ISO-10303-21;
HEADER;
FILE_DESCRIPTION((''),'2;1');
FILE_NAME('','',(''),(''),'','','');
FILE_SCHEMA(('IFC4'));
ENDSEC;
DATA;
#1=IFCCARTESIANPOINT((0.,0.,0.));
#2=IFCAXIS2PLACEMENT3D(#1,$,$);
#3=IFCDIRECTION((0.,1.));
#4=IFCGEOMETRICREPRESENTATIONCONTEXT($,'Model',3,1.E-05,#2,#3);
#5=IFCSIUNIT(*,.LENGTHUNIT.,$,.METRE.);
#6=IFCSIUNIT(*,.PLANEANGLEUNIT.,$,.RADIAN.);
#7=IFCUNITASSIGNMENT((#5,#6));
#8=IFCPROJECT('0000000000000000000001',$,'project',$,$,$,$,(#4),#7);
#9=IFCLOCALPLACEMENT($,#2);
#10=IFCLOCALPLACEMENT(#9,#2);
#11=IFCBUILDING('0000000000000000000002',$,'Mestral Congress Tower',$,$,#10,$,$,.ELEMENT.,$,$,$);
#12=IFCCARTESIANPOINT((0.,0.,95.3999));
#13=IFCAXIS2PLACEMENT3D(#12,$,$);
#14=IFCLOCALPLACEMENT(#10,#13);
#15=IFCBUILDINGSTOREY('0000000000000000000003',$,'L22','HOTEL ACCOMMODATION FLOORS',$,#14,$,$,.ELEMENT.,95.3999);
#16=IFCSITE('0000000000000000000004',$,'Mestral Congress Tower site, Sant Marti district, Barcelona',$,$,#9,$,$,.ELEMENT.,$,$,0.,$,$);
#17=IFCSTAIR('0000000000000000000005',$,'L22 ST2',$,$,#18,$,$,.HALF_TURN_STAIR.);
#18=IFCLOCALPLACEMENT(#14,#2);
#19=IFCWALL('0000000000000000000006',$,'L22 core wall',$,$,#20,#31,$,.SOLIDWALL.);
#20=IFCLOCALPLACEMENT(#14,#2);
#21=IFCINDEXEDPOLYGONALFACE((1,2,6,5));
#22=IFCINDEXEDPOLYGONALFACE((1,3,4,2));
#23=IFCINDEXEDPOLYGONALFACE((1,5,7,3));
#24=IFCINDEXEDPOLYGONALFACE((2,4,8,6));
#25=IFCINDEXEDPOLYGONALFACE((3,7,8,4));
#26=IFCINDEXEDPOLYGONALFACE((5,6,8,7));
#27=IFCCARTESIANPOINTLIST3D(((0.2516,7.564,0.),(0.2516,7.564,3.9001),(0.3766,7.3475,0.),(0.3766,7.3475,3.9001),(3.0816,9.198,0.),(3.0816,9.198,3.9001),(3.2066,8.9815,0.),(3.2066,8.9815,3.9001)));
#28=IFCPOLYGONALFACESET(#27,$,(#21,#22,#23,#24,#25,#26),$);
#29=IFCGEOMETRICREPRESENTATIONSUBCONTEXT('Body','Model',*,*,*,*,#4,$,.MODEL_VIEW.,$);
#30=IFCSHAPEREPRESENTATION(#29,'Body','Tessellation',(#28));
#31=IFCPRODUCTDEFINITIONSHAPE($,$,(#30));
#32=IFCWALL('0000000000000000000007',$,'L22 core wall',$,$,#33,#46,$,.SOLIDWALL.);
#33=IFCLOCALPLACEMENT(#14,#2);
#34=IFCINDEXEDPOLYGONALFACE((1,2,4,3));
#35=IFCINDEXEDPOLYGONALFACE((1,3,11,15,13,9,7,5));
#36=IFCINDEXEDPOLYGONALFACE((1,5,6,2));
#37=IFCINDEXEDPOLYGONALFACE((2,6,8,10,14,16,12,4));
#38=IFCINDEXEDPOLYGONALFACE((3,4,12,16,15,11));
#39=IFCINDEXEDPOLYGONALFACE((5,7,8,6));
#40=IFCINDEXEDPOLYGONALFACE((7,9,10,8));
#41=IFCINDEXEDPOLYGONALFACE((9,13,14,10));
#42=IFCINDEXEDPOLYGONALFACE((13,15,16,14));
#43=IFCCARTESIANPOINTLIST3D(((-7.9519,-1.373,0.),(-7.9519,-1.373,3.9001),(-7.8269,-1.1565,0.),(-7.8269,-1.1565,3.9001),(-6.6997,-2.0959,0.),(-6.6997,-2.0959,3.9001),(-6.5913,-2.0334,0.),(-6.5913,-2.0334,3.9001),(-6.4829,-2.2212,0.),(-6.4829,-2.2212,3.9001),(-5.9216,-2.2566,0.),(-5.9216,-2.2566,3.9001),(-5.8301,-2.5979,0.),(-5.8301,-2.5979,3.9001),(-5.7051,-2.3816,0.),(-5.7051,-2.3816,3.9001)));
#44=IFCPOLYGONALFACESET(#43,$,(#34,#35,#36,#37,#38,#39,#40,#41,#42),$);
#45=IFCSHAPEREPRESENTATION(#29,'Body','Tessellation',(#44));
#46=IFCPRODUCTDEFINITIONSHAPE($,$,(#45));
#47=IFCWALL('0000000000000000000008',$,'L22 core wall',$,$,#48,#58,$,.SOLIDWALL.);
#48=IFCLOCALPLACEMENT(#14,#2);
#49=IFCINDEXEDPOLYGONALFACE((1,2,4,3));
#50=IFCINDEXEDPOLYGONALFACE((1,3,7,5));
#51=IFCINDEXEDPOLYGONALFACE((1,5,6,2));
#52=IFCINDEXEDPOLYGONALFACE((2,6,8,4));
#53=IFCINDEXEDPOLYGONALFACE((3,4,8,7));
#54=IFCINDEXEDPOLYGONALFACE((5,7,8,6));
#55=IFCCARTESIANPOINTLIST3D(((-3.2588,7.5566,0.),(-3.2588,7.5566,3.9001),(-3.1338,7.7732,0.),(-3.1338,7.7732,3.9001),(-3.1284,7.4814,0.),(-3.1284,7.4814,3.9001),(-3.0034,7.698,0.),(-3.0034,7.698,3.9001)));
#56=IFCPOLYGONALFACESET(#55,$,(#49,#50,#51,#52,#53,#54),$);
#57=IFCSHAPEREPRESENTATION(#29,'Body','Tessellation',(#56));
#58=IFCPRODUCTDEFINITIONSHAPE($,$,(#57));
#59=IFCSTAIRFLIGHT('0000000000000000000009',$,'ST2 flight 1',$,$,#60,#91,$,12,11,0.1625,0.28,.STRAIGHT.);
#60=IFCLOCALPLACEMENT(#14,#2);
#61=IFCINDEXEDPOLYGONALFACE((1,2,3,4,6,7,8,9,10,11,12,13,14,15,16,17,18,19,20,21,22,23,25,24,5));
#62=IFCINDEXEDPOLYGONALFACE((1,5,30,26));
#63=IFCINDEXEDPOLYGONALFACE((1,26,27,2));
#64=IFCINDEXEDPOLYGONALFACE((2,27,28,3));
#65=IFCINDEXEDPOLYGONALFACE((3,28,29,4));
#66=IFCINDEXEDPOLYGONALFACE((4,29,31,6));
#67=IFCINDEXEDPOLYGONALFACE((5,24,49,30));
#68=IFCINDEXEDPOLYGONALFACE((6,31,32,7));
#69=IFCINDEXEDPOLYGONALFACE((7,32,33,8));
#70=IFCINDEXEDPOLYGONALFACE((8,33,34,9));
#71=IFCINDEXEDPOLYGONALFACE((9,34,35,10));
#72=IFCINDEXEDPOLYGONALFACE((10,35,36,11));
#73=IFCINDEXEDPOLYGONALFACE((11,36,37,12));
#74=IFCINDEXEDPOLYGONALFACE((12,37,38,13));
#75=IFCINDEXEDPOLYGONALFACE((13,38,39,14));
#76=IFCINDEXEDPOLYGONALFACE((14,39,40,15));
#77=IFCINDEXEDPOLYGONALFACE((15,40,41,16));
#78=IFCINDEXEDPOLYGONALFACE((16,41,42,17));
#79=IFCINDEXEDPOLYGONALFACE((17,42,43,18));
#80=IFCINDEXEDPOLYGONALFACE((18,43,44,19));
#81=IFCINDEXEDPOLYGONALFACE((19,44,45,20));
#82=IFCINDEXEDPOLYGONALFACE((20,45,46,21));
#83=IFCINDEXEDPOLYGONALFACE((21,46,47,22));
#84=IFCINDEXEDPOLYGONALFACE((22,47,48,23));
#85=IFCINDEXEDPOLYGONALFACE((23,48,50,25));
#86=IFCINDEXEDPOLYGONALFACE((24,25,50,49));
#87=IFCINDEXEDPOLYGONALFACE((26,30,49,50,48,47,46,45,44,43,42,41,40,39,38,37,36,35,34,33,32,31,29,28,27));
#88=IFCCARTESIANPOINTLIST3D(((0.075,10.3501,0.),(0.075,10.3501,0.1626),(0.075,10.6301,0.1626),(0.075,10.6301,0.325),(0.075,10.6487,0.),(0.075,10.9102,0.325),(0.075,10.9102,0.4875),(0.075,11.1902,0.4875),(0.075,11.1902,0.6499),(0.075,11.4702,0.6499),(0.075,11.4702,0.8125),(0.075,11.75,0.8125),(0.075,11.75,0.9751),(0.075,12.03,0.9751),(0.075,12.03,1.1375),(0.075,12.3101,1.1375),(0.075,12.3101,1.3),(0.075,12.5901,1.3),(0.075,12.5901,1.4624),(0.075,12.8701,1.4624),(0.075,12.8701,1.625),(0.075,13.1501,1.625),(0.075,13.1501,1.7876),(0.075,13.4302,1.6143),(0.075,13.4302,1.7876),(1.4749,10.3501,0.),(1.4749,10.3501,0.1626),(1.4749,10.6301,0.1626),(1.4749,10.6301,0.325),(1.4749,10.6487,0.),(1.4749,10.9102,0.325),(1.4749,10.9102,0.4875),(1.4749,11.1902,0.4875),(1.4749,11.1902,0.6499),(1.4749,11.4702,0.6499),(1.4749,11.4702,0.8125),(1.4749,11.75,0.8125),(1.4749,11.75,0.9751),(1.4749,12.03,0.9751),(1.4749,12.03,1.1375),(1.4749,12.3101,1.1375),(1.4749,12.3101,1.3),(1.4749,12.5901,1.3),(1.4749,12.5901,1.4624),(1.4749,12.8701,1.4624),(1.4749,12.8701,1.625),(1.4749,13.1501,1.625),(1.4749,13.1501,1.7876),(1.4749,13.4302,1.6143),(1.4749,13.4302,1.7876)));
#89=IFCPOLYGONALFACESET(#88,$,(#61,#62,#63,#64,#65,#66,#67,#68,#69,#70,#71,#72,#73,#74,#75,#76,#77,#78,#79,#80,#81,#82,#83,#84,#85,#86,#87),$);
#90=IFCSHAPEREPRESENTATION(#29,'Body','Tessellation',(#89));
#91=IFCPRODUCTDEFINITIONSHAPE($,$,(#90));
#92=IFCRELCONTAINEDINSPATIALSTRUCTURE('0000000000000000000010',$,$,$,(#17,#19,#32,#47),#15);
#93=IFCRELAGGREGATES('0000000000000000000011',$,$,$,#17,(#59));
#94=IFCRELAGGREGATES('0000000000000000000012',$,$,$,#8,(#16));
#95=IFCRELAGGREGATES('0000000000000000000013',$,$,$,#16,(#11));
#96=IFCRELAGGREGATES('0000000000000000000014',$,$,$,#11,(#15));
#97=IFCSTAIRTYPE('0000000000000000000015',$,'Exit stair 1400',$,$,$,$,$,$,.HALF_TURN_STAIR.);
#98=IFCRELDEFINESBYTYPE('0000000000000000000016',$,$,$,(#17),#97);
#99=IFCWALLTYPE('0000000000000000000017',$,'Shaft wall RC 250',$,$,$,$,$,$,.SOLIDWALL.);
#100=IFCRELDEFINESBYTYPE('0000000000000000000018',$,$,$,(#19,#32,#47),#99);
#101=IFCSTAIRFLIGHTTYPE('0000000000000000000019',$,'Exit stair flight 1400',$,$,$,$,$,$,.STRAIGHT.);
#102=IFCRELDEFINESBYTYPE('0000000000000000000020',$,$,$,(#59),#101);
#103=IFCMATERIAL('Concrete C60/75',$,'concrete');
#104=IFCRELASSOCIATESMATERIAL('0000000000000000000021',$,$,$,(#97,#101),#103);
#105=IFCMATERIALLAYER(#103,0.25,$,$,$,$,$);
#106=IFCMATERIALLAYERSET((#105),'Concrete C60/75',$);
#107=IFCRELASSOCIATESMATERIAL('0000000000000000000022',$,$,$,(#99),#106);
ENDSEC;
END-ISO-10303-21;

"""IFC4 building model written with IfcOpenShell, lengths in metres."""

from ifc_helpers import new_model, si_unit, direction, frame, frame_2d, origin, place, context, subcontext, project, spatial, polyline, rectangle, outline, extrude, material, layer, layer_set, type_object, element, aggregate, save


model = new_model("IFC4")

# Units and contexts
model_context = context("Model", 3, precision=1e-05, world=origin(), true_north=direction((0.0, 1.0)))
body_context = subcontext(model_context, "Body", "Model", "MODEL_VIEW")
ifc_project = project(units=[si_unit("LENGTHUNIT", "METRE"), si_unit("PLANEANGLEUNIT", "RADIAN")], contexts=[model_context])

# Site, building, storey
site_placement = place(None, origin())
site = spatial("IfcSite", under=ifc_project, at=site_placement, Name="Mestral Congress Tower site, Sant Marti district, Barcelona", CompositionType="ELEMENT", RefElevation=0.0)
building_placement = place(site_placement, origin())
building = spatial("IfcBuilding", under=site, at=building_placement, Name="Mestral Congress Tower", CompositionType="ELEMENT")
storey_placement = place(building_placement, frame((0.0, 0.0, 95.3999)))
storey = spatial("IfcBuildingStorey", under=building, at=storey_placement, Name="L22", Description="HOTEL ACCOMMODATION FLOORS", CompositionType="ELEMENT", Elevation=95.3999)

# Shared definitions
ifc_material_1 = material(Name="Concrete C60/75", Category="concrete")

# Stair
stair_type = type_object("IfcStairType", Name="Exit stair 1400", PredefinedType="HALF_TURN_STAIR", material=ifc_material_1)
placement_1 = place(storey_placement, origin())
stair_1 = element("IfcStair", 1, at=placement_1, inside=storey, type_object=stair_type, Name="L22 ST2", PredefinedType="HALF_TURN_STAIR")

# Walls
ifc_layer_1 = layer(ifc_material_1, 0.25)
ifc_layer_set_1 = layer_set([ifc_layer_1], Name="Concrete C60/75")
wall_type_1 = type_object("IfcWallType", Name="Shaft wall RC 250", PredefinedType="SOLIDWALL", material=ifc_layer_set_1)
wall_1_placement = place(storey_placement, frame((0.3142, 7.4558, 0.0), z_axis=(0.0, 0.0, 1.0), x_axis=(0.866014, 0.50002, 0.0)))
element("IfcWall", 2, at=wall_1_placement, inside=storey, type_object=wall_type_1, Name="L22 core wall", PredefinedType="SOLIDWALL", context=body_context, shape_type="SweptSolid", body=[
    extrude(rectangle(XDim=3.2678, YDim=0.25, at=frame_2d((1.6338, 0.0))), origin(), (0.0, 0.0, 1.0), 3.9001),
])
element("IfcWall", 3, at=placement_1, inside=storey, type_object=wall_type_1, Name="L22 core wall", PredefinedType="SOLIDWALL", context=body_context, shape_type="SweptSolid", body=[
    extrude(outline(polyline([(-5.9216, -2.2566), (-5.9216, -2.2566), (-5.7051, -2.3816), (-5.8301, -2.5979), (-6.4829, -2.2212), (-6.5913, -2.0334), (-6.5913, -2.0334), (-6.6997, -2.0959), (-7.9519, -1.373), (-7.8269, -1.1565), (-5.9216, -2.2566)])), origin(), (0.0, 0.0, 1.0), 3.9001),
])
element("IfcWall", 4, at=placement_1, inside=storey, type_object=wall_type_1, Name="L22 core wall", PredefinedType="SOLIDWALL", context=body_context, shape_type="SweptSolid", body=[
    extrude(outline(polyline([(-3.1284, 7.4814), (-3.2588, 7.5566), (-3.1338, 7.7732), (-3.0034, 7.698), (-3.1284, 7.4814)])), origin(), (0.0, 0.0, 1.0), 3.9001),
])

# Stair flight
stair_flight_type = type_object("IfcStairFlightType", Name="Exit stair flight 1400", PredefinedType="STRAIGHT", material=ifc_material_1)
stair_flight_placement = place(storey_placement, frame((0.7749, 10.3501, 0.0), z_axis=(0.0, 0.0, 1.0), x_axis=(0.0, 1.0, 0.0)))
stair_flight = element("IfcStairFlight", 5, at=stair_flight_placement, type_object=stair_flight_type, Name="ST2 flight 1", NumberOfRisers=12, NumberOfTreads=11, PredefinedType="STRAIGHT", RiserHeight=0.1625, TreadLength=0.28, context=body_context, shape_type="SweptSolid", body=[
    extrude(outline(polyline([(0.0, 0.0), (0.0, 0.1626), (0.28, 0.1626), (0.28, 0.325), (0.5601, 0.325), (0.5601, 0.4875), (0.8401, 0.4875), (0.8401, 0.6499), (1.1201, 0.6499), (1.1201, 0.8125), (1.3999, 0.8125), (1.3999, 0.9751), (1.6799, 0.9751), (1.6799, 1.1375), (1.96, 1.1375), (1.96, 1.3), (2.24, 1.3), (2.24, 1.4624), (2.52, 1.4624), (2.52, 1.625), (2.8, 1.625), (2.8, 1.7876), (3.0801, 1.7876), (3.0801, 1.95), (3.0801, 1.6143), (0.2986, 0.0), (0.0, 0.0)])), frame((0.0, 0.7, 0.0), z_axis=(0.0, -1.0, 0.0), x_axis=(1.0, 0.0, 0.0)), (0.0, 0.0, 1.0), 1.3999),
])
aggregate(stair_1, [stair_flight])

save(model, "model.ifc")
